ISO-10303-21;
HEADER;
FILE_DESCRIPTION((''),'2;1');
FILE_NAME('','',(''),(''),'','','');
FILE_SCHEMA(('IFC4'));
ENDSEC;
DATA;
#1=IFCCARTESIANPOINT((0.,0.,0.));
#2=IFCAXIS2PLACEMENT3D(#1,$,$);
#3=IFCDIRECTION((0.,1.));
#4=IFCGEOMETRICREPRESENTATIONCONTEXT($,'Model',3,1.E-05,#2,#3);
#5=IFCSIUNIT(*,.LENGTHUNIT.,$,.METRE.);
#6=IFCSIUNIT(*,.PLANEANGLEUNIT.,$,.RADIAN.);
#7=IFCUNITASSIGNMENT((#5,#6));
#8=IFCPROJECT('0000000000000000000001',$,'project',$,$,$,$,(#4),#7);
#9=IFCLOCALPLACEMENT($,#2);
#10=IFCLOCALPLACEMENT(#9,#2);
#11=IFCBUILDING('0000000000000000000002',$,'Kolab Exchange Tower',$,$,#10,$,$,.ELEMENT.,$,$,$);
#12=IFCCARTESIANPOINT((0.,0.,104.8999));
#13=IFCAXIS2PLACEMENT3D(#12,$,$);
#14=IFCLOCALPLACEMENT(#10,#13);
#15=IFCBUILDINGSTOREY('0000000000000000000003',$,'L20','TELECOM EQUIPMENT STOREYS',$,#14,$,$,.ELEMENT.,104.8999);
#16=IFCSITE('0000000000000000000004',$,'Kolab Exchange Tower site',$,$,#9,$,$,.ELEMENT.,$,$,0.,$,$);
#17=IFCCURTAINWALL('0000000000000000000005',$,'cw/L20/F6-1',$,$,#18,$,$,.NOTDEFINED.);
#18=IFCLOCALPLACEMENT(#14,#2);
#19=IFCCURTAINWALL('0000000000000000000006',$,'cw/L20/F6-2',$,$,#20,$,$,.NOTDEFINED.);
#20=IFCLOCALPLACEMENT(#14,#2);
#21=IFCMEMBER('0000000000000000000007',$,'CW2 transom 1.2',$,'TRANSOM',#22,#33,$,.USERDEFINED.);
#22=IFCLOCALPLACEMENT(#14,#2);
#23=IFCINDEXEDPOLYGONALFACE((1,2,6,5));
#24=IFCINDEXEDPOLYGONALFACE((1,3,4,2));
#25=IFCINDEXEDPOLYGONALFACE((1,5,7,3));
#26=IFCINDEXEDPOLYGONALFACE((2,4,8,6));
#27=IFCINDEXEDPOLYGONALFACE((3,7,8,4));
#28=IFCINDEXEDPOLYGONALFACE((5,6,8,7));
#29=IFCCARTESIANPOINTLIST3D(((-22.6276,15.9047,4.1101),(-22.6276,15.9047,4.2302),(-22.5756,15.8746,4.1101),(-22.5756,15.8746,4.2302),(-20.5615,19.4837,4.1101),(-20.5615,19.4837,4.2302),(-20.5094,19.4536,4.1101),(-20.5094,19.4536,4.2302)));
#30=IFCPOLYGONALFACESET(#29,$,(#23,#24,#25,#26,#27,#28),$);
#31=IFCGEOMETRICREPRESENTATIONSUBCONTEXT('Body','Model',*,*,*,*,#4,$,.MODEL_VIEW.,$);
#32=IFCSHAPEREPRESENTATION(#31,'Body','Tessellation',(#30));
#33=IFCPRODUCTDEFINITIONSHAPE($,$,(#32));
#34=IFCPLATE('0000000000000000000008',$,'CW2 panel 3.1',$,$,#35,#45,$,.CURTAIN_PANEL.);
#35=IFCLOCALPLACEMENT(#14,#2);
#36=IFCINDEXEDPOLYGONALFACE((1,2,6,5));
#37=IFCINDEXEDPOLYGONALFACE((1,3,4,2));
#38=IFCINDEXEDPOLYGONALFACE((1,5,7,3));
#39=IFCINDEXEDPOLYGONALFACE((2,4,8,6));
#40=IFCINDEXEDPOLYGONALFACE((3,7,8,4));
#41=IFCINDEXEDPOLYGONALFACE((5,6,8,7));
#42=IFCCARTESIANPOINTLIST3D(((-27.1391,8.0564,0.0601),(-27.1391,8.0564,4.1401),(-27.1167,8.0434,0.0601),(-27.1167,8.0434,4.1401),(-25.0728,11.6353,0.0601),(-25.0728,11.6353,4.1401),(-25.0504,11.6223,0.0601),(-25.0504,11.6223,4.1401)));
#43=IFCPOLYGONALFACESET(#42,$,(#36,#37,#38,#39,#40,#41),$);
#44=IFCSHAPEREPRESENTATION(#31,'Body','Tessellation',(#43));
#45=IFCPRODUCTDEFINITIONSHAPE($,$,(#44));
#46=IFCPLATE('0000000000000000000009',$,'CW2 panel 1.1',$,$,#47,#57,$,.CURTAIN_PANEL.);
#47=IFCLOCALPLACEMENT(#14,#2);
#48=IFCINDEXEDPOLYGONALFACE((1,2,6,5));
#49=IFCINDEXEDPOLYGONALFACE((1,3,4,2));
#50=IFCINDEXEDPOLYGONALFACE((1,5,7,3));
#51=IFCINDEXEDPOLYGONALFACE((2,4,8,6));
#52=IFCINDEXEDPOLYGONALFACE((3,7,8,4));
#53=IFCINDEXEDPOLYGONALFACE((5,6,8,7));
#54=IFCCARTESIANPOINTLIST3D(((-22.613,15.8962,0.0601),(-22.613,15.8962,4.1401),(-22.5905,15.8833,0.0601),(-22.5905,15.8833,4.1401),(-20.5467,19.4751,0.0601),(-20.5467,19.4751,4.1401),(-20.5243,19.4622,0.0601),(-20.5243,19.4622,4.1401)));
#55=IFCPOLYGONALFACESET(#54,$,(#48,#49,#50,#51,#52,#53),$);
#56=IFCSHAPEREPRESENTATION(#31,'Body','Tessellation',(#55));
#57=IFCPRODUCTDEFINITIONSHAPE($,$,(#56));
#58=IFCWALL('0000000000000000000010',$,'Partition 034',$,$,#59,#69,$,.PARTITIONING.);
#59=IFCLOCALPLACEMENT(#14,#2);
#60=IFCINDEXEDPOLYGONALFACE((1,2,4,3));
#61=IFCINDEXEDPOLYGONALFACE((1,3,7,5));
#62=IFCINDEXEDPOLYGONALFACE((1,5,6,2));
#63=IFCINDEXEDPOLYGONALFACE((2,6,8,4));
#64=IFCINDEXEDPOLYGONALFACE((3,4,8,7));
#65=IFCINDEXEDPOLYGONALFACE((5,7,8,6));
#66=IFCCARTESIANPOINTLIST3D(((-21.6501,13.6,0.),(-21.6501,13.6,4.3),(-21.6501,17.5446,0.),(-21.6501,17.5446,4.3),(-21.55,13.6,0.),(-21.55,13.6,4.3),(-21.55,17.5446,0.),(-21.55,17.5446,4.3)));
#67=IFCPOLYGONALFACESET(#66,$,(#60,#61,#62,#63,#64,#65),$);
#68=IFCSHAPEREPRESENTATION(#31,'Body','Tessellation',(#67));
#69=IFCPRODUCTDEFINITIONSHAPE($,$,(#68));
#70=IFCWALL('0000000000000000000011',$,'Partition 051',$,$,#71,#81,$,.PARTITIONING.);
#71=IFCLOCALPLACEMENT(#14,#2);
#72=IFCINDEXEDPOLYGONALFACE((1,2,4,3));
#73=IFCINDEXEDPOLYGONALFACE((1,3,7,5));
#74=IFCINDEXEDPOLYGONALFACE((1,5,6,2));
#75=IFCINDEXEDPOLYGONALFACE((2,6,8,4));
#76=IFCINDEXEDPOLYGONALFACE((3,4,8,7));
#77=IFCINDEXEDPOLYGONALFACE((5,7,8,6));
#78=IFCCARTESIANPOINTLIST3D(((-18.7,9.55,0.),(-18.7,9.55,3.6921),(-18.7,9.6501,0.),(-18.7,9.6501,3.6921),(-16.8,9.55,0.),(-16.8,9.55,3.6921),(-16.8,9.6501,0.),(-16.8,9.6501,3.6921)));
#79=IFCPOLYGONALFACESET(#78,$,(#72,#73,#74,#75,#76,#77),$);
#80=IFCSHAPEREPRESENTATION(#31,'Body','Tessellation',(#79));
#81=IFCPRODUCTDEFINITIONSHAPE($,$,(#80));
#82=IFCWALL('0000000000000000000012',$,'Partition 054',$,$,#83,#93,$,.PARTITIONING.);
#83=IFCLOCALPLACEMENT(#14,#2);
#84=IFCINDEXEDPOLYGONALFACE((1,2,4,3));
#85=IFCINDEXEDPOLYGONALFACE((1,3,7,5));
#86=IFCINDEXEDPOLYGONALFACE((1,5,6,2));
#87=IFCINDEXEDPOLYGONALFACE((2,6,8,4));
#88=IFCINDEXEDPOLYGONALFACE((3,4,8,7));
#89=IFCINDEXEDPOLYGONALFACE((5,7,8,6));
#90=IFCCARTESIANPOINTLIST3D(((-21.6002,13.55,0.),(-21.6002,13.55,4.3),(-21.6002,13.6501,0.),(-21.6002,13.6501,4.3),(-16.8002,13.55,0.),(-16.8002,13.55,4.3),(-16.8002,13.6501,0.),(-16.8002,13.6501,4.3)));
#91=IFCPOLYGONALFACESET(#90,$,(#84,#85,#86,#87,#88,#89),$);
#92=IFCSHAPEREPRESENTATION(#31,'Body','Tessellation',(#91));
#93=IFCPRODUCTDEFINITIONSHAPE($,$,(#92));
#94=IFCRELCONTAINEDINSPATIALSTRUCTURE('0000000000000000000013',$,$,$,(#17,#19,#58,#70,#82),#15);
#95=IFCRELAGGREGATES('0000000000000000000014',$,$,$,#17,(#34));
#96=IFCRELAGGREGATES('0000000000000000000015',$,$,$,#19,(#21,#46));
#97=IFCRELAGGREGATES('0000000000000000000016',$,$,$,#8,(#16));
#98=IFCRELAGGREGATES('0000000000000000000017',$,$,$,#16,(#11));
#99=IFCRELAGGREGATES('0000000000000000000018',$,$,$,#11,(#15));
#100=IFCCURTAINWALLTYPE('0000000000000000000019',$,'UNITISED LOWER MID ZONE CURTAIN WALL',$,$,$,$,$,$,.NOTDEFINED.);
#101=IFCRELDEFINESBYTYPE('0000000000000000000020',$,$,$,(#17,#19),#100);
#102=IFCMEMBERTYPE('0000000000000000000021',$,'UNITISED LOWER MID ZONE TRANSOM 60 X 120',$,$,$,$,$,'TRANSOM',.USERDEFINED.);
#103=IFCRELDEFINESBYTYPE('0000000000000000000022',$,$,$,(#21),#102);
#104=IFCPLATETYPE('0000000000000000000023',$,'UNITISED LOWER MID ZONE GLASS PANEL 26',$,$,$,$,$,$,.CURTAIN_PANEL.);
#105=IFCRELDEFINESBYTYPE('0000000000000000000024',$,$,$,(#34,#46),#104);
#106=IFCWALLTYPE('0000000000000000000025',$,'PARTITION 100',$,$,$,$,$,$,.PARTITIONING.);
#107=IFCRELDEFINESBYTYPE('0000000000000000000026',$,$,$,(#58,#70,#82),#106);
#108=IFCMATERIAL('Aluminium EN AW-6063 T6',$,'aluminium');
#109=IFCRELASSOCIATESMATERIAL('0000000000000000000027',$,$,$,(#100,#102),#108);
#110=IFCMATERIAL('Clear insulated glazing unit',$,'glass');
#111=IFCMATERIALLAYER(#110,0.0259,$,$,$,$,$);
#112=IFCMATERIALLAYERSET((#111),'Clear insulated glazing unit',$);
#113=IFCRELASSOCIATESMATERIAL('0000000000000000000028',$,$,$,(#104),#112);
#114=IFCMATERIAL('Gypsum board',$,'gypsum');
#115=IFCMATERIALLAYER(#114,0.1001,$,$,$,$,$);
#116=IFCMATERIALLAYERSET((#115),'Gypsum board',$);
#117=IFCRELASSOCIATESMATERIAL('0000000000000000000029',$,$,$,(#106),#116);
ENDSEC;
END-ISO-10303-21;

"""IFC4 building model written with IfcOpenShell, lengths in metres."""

from ifc_helpers import new_model, si_unit, direction, frame, frame_2d, origin, origin_2d, place, context, subcontext, project, spatial, rectangle, extrude, material, layer, layer_set, material_profile, profile_set, type_object, element, aggregate, save


model = new_model("IFC4")

# Units and contexts
model_context = context("Model", 3, precision=1e-05, world=origin(), true_north=direction((0.0, 1.0)))
body_context = subcontext(model_context, "Body", "Model", "MODEL_VIEW")
ifc_project = project(units=[si_unit("LENGTHUNIT", "METRE"), si_unit("PLANEANGLEUNIT", "RADIAN")], contexts=[model_context])

# Site, building, storey
site_placement = place(None, origin())
site = spatial("IfcSite", under=ifc_project, at=site_placement, Name="Kolab Exchange Tower site", CompositionType="ELEMENT", RefElevation=0.0)
building_placement = place(site_placement, origin())
building = spatial("IfcBuilding", under=site, at=building_placement, Name="Kolab Exchange Tower", CompositionType="ELEMENT")
storey_placement = place(building_placement, frame((0.0, 0.0, 104.8999)))
storey = spatial("IfcBuildingStorey", under=building, at=storey_placement, Name="L20", Description="TELECOM EQUIPMENT STOREYS", CompositionType="ELEMENT", Elevation=104.8999)

# Curtain wall
ifc_material_1 = material(Name="Aluminium EN AW-6063 T6", Category="aluminium")
curtain_wall_type = type_object("IfcCurtainWallType", Name="UNITISED LOWER MID ZONE CURTAIN WALL", PredefinedType="NOTDEFINED", material=ifc_material_1)
curtain_wall_1_placement = place(storey_placement, origin())
curtain_wall_1 = element("IfcCurtainWall", 1, at=curtain_wall_1_placement, inside=storey, type_object=curtain_wall_type, Name="cw/L20/F6-1", PredefinedType="NOTDEFINED")

# Curtain wall, member
curtain_wall_2_placement = place(storey_placement, origin())
curtain_wall_2 = element("IfcCurtainWall", 2, at=curtain_wall_2_placement, inside=storey, type_object=curtain_wall_type, Name="cw/L20/F6-2", PredefinedType="NOTDEFINED")
ifc_material_profile_1 = material_profile(ifc_material_1, rectangle(XDim=0.0601, YDim=0.1201, at=origin_2d()), Name="RECT 60X120")
ifc_profile_set_1 = profile_set([ifc_material_profile_1], Name="Aluminium EN AW-6063 T6")
member_type_1 = type_object("IfcMemberType", Name="UNITISED LOWER MID ZONE TRANSOM 60 X 120", ElementType="TRANSOM", PredefinedType="USERDEFINED", material=ifc_profile_set_1)
member_1_placement = place(storey_placement, frame((-22.6016, 15.8896, 4.1702), z_axis=(0.499958, 0.86605, 0.0), x_axis=(-0.86605, 0.499958, 0.0)))
member_1 = element("IfcMember", 3, at=member_1_placement, type_object=member_type_1, Name="CW2 transom 1.2", ObjectType="TRANSOM", PredefinedType="USERDEFINED", context=body_context, shape_type="SweptSolid", body=[
    extrude(rectangle(XDim=0.0601, YDim=0.1201, at=origin_2d()), origin(), (0.0, 0.0, 1.0), 4.1326),
])

# Plates
ifc_material_2 = material(Name="Clear insulated glazing unit", Category="glass")
ifc_layer_1 = layer(ifc_material_2, 0.0259)
ifc_layer_set_1 = layer_set([ifc_layer_1], Name="Clear insulated glazing unit")
plate_type = type_object("IfcPlateType", Name="UNITISED LOWER MID ZONE GLASS PANEL 26", PredefinedType="CURTAIN_PANEL", material=ifc_layer_set_1)
plate_1_placement = place(storey_placement, frame((-26.0947, 9.8394, 0.0601), z_axis=(0.0, 0.0, 1.0), x_axis=(0.5, 0.866025, 0.0)))
plate_1 = element("IfcPlate", 4, at=plate_1_placement, type_object=plate_type, Name="CW2 panel 3.1", PredefinedType="CURTAIN_PANEL", context=body_context, shape_type="SweptSolid", body=[
    extrude(rectangle(XDim=4.1326, YDim=0.0259, at=origin_2d()), origin(), (0.0, 0.0, 1.0), 4.0801),
])
aggregate(curtain_wall_1, [plate_1])
plate_2_placement = place(storey_placement, frame((-21.5686, 17.6792, 0.0601), z_axis=(0.0, 0.0, 1.0), x_axis=(0.5, 0.866025, 0.0)))
plate_2 = element("IfcPlate", 5, at=plate_2_placement, type_object=plate_type, Name="CW2 panel 1.1", PredefinedType="CURTAIN_PANEL", context=body_context, shape_type="SweptSolid", body=[
    extrude(rectangle(XDim=4.1326, YDim=0.0259, at=origin_2d()), origin(), (0.0, 0.0, 1.0), 4.0801),
])
aggregate(curtain_wall_2, [member_1, plate_2])

# Walls
ifc_material_3 = material(Name="Gypsum board", Category="gypsum")
ifc_layer_2 = layer(ifc_material_3, 0.1001)
ifc_layer_set_2 = layer_set([ifc_layer_2], Name="Gypsum board")
wall_type_1 = type_object("IfcWallType", Name="PARTITION 100", PredefinedType="PARTITIONING", material=ifc_layer_set_2)
wall_1_placement = place(storey_placement, frame((-21.6001, 13.6001, 0.0), z_axis=(0.0, 0.0, 1.0), x_axis=(0.0, 1.0, 0.0)))
element("IfcWall", 6, at=wall_1_placement, inside=storey, type_object=wall_type_1, Name="Partition 034", PredefinedType="PARTITIONING", context=body_context, shape_type="SweptSolid", body=[
    extrude(rectangle(XDim=3.9446, YDim=0.1001, at=frame_2d((1.9722, 0.0))), origin(), (0.0, 0.0, 1.0), 4.3),
])
wall_2_placement = place(storey_placement, frame((-18.7, 9.6001, 0.0), z_axis=(0.0, 0.0, 1.0), x_axis=(1.0, 0.0, 0.0)))
element("IfcWall", 7, at=wall_2_placement, inside=storey, type_object=wall_type_1, Name="Partition 051", PredefinedType="PARTITIONING", context=body_context, shape_type="SweptSolid", body=[
    extrude(rectangle(XDim=1.8999, YDim=0.1001, at=frame_2d((0.95, 0.0))), origin(), (0.0, 0.0, 1.0), 3.6921),
])
wall_3_placement = place(storey_placement, frame((-21.6001, 13.6001, 0.0), z_axis=(0.0, 0.0, 1.0), x_axis=(1.0, 0.0, 0.0)))
element("IfcWall", 8, at=wall_3_placement, inside=storey, type_object=wall_type_1, Name="Partition 054", PredefinedType="PARTITIONING", context=body_context, shape_type="SweptSolid", body=[
    extrude(rectangle(XDim=4.8, YDim=0.1001, at=frame_2d((2.3999, 0.0))), origin(), (0.0, 0.0, 1.0), 4.3),
])

save(model, "model.ifc")
